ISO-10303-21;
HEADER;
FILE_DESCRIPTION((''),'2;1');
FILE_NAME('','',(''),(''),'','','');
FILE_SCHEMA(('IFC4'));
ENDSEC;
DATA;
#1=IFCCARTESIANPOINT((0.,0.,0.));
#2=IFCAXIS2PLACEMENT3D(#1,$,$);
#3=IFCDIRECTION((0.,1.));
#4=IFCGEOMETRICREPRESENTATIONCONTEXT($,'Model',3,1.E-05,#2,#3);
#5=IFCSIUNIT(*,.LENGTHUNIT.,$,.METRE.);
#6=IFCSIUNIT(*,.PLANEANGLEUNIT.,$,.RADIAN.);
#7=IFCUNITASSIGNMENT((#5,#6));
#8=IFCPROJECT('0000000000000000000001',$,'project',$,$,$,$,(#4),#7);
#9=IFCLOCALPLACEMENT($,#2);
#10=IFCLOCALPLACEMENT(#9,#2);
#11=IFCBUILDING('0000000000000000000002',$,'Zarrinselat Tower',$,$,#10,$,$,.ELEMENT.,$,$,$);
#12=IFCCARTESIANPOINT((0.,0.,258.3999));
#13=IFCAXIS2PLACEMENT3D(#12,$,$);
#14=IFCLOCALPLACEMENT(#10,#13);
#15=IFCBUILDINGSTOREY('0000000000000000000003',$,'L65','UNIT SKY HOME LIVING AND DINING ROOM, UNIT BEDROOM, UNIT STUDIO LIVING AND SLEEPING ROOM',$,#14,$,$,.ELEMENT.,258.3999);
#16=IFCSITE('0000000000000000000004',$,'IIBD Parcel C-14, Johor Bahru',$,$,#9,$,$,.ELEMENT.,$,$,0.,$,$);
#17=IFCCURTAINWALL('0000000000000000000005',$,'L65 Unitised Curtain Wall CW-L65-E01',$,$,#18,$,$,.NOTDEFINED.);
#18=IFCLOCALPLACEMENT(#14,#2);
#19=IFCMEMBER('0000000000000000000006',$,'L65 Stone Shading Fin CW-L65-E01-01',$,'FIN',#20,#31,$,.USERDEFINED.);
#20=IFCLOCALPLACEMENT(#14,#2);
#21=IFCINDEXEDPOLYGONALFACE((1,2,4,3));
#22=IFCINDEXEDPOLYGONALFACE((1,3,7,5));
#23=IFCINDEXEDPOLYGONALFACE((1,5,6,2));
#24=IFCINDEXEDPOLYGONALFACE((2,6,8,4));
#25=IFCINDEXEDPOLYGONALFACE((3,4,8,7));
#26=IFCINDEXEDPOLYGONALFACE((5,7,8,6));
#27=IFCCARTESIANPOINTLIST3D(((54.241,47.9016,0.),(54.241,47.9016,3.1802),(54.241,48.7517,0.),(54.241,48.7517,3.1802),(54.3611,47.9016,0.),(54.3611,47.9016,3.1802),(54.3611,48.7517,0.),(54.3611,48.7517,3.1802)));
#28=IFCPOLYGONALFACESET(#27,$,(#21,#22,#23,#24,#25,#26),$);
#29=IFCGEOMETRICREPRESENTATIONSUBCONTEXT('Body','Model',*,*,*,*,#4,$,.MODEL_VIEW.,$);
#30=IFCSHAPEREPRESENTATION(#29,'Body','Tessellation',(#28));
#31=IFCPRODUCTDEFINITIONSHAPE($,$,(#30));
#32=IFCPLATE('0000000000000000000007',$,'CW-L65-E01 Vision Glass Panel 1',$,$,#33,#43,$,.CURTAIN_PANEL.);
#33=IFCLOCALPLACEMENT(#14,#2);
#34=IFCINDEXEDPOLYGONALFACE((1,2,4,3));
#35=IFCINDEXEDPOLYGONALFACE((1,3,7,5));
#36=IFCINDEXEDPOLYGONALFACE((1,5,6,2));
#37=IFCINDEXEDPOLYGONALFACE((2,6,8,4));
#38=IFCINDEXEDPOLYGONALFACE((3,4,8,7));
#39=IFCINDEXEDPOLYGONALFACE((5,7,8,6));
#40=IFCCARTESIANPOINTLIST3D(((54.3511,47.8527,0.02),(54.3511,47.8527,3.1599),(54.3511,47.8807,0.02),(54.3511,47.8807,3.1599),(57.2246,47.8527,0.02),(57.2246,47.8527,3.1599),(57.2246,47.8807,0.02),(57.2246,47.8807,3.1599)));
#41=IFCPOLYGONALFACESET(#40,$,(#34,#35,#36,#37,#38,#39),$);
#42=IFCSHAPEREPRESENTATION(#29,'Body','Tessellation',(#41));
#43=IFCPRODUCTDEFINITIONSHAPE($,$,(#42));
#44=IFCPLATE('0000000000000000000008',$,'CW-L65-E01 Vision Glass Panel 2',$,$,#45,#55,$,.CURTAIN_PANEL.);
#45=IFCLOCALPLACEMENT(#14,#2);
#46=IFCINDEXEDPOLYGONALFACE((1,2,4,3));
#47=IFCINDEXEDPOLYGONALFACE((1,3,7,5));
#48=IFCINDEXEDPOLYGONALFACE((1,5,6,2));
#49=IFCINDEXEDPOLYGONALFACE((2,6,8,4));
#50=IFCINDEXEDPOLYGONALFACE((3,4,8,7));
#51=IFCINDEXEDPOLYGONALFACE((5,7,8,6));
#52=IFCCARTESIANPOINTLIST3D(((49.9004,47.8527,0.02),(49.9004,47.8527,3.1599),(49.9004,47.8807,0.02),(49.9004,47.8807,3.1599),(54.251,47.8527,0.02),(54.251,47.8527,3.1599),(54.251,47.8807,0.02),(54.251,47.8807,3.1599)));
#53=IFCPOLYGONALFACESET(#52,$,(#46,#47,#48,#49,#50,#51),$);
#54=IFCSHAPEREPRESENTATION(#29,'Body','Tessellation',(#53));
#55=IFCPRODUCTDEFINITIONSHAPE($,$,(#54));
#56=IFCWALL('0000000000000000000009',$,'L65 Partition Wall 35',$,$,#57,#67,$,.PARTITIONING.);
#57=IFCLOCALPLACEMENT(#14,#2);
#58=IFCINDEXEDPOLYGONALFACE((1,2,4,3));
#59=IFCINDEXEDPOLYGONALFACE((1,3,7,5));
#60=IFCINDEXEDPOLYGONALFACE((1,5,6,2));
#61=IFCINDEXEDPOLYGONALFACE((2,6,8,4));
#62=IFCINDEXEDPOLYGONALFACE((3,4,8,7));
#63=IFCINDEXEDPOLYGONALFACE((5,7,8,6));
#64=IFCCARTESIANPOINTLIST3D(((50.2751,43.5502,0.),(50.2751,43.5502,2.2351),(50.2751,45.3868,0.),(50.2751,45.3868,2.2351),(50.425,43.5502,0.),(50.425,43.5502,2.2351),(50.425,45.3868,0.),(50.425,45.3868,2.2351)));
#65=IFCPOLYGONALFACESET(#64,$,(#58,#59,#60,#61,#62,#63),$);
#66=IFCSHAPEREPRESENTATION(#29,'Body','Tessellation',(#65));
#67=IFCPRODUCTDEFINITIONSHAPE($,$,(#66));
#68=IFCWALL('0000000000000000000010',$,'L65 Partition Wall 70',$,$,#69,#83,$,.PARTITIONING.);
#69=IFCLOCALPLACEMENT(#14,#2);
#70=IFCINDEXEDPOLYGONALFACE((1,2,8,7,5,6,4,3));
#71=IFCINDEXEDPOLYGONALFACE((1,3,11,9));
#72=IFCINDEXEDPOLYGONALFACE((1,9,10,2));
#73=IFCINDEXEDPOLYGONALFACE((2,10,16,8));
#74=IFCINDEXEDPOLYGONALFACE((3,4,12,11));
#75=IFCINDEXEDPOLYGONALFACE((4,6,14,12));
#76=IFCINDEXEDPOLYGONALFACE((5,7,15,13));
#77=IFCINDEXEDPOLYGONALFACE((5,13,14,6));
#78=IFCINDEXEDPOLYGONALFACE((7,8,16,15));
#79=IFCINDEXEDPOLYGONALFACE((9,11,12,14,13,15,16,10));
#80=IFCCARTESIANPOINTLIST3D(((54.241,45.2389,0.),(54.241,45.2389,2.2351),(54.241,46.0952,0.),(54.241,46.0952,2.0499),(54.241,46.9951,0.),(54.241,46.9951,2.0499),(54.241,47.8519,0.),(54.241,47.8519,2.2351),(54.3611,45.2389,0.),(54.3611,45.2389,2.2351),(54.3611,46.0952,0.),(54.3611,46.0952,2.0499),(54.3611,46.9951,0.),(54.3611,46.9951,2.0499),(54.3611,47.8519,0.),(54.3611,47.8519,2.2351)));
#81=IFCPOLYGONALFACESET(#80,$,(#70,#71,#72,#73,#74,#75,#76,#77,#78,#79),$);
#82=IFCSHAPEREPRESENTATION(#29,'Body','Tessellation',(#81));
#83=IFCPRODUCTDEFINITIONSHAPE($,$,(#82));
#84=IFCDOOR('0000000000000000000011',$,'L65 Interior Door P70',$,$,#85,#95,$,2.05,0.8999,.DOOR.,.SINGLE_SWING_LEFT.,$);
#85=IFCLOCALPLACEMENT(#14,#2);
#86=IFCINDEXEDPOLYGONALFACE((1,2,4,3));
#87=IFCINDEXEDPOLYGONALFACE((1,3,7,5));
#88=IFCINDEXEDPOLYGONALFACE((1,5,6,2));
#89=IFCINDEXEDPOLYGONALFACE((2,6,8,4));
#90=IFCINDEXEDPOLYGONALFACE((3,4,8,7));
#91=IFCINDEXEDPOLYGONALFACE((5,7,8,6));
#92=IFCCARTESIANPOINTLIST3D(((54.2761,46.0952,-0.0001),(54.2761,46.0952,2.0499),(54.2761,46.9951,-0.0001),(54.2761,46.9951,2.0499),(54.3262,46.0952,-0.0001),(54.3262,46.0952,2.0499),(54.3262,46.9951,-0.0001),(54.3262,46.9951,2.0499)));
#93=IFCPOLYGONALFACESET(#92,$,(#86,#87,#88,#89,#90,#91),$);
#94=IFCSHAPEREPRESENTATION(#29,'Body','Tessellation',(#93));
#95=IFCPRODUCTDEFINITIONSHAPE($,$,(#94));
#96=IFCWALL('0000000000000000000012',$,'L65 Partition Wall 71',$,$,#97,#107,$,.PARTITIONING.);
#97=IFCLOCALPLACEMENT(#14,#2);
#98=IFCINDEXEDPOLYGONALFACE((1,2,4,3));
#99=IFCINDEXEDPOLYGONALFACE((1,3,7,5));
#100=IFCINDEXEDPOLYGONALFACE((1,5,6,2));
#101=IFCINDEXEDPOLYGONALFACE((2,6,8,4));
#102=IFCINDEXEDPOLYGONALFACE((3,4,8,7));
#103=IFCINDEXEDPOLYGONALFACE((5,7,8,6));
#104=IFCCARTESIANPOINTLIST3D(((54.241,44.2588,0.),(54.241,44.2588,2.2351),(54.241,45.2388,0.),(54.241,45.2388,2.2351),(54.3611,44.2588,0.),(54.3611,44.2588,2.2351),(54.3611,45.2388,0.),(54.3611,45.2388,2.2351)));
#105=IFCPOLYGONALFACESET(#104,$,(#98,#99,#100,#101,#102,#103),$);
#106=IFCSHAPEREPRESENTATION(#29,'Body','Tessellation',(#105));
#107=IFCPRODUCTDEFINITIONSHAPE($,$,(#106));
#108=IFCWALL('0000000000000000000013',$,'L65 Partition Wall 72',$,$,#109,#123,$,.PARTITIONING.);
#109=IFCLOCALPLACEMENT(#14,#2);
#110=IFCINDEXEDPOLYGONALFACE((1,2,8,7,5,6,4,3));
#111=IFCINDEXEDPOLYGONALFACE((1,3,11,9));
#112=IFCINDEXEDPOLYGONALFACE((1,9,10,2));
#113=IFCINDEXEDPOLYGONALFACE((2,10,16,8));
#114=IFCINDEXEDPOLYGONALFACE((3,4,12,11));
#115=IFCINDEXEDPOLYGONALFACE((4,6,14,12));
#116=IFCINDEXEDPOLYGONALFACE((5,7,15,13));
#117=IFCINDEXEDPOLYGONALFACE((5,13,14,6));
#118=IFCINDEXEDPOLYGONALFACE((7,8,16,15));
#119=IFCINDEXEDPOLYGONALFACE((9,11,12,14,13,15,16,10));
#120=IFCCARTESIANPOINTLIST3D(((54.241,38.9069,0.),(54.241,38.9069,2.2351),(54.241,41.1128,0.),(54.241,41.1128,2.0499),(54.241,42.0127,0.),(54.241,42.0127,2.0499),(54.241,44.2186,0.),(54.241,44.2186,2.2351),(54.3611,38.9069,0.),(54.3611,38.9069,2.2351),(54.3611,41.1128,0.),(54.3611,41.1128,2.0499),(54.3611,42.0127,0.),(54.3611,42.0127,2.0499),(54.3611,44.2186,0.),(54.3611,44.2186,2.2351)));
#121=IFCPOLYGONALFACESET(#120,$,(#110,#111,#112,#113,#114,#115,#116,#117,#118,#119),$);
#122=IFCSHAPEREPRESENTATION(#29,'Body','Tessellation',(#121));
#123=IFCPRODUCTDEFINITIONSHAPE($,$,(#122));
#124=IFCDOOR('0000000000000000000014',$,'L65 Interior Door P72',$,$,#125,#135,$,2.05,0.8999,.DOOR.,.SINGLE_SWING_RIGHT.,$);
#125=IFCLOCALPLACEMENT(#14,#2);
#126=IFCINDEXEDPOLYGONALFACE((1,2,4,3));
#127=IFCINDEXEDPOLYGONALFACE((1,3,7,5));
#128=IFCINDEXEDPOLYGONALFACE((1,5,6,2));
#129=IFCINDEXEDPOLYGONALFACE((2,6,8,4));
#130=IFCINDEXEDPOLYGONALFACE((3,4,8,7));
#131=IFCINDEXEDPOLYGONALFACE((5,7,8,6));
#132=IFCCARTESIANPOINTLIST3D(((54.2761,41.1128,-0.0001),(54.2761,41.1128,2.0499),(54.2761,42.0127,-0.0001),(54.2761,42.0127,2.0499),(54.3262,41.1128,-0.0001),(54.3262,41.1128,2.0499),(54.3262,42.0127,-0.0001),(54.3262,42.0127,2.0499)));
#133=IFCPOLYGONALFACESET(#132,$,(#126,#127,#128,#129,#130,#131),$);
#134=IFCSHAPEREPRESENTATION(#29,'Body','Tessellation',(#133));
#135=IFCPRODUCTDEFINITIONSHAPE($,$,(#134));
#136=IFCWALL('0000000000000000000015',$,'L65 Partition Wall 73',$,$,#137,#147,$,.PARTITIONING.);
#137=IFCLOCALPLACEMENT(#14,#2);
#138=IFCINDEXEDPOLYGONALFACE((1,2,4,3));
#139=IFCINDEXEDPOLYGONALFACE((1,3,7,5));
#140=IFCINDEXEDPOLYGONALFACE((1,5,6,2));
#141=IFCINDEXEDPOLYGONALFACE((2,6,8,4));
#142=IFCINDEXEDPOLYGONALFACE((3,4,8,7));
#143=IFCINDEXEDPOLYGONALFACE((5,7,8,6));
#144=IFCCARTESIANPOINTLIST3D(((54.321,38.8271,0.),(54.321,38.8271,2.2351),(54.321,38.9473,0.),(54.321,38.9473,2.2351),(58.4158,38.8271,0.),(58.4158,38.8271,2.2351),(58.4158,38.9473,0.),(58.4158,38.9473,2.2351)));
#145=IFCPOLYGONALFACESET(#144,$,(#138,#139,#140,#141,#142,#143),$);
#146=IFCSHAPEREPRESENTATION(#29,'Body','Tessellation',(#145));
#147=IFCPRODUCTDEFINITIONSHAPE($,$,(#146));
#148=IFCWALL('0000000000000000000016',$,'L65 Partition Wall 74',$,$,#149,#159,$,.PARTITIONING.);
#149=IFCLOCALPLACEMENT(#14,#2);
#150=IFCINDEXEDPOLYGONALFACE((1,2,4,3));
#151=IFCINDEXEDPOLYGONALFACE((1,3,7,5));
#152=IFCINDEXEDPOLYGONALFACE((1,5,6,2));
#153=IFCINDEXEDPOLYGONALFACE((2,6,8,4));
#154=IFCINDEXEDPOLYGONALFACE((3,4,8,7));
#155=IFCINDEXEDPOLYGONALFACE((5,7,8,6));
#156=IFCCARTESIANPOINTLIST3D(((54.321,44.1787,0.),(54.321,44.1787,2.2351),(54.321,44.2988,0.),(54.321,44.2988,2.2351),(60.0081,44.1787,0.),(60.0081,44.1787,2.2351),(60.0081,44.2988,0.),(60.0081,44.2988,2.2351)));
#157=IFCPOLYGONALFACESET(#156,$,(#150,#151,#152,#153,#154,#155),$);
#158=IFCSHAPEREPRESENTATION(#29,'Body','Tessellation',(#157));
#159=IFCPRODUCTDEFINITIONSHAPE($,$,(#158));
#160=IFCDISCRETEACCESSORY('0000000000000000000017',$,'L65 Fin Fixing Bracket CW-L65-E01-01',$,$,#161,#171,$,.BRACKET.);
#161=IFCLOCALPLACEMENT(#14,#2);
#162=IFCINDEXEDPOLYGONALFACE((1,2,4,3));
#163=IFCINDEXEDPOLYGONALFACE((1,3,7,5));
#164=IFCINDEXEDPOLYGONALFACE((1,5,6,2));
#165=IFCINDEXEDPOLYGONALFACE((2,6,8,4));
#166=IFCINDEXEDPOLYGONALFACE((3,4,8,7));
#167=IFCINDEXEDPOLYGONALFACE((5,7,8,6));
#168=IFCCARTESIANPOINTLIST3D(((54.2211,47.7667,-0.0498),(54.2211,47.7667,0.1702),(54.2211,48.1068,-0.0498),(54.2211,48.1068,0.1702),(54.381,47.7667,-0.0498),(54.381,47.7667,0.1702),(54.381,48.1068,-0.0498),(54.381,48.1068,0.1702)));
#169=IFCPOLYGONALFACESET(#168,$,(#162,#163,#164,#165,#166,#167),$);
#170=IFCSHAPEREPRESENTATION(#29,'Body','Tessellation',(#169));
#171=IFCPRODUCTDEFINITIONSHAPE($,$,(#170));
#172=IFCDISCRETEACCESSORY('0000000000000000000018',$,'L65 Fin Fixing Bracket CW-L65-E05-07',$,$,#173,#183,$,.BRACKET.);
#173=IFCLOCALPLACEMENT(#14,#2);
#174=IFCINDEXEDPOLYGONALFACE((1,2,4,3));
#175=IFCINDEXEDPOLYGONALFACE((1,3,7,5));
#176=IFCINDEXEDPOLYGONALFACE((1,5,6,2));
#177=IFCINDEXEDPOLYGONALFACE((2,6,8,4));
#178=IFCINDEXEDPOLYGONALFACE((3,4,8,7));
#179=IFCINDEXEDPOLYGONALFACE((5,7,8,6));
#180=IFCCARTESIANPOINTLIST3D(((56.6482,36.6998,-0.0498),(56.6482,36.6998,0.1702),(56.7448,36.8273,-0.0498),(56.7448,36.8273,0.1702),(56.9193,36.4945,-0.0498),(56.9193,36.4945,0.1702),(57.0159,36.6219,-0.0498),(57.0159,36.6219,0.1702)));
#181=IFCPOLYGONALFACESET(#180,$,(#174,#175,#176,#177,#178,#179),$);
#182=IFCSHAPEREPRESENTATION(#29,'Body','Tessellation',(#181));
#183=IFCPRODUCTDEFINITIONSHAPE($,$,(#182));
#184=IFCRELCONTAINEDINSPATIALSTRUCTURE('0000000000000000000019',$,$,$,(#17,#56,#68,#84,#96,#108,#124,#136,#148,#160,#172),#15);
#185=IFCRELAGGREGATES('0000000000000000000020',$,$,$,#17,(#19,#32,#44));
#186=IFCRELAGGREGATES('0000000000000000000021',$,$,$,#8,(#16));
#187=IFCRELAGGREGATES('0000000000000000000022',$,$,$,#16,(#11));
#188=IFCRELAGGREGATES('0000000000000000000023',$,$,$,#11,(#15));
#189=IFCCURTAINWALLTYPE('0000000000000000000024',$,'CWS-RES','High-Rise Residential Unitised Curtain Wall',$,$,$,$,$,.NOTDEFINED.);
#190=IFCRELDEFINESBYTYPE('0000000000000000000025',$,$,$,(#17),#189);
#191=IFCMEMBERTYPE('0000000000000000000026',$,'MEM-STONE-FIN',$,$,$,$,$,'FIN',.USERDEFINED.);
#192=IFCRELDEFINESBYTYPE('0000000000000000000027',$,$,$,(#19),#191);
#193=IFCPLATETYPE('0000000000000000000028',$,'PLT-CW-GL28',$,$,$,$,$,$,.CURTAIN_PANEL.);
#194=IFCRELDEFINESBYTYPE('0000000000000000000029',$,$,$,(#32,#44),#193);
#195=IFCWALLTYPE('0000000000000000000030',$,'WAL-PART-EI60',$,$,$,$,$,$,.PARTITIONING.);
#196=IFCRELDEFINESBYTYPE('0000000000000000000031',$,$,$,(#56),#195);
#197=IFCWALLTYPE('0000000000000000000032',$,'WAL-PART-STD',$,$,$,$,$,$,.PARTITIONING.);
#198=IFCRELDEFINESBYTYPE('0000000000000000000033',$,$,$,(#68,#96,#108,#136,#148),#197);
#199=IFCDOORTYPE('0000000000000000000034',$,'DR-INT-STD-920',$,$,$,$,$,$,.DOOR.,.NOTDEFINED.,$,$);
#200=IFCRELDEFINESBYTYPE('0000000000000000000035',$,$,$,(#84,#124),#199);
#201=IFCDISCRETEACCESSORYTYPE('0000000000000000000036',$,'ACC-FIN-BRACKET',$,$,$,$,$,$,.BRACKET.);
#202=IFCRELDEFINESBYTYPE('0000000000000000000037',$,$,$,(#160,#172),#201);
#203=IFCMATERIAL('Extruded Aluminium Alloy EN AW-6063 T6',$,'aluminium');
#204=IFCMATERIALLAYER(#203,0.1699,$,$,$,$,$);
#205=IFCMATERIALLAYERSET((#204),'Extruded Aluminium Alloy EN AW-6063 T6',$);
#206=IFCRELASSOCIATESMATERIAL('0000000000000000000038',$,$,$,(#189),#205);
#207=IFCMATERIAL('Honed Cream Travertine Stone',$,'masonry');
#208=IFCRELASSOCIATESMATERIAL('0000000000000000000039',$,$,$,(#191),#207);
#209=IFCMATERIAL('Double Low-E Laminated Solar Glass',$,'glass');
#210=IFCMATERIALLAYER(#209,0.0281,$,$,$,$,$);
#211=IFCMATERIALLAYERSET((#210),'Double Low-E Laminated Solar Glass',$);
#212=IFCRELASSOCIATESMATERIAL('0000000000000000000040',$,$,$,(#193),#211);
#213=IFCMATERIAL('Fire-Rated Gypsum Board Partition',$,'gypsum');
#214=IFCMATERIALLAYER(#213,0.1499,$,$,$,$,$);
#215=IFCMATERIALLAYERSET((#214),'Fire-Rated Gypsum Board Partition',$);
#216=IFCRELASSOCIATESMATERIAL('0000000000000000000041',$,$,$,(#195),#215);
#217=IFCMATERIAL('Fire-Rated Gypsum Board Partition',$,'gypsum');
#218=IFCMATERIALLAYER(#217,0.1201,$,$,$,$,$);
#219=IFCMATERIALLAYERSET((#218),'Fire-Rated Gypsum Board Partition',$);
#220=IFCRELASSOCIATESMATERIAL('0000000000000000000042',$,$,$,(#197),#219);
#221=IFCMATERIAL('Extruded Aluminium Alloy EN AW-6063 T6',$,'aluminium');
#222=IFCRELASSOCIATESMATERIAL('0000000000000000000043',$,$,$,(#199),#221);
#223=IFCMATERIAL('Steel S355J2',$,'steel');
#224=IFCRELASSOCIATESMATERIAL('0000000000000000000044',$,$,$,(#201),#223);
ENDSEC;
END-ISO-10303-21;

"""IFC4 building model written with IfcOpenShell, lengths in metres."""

from ifc_helpers import new_model, si_unit, direction, frame, frame_2d, origin, origin_2d, place, context, subcontext, project, spatial, rectangle, extrude, material, layer, layer_set, material_profile, profile_set, type_object, element, fill, aggregate, save


model = new_model("IFC4")

# Units and contexts
model_context = context("Model", 3, precision=1e-05, world=origin(), true_north=direction((0.0, 1.0)))
body_context = subcontext(model_context, "Body", "Model", "MODEL_VIEW")
ifc_project = project(units=[si_unit("LENGTHUNIT", "METRE"), si_unit("PLANEANGLEUNIT", "RADIAN")], contexts=[model_context])

# Site, building, storey
site_placement = place(None, origin())
site = spatial("IfcSite", under=ifc_project, at=site_placement, Name="IIBD Parcel C-14, Johor Bahru", CompositionType="ELEMENT", RefElevation=0.0)
building_placement = place(site_placement, origin())
building = spatial("IfcBuilding", under=site, at=building_placement, Name="Zarrinselat Tower", CompositionType="ELEMENT")
storey_placement = place(building_placement, frame((0.0, 0.0, 258.3999)))
storey = spatial("IfcBuildingStorey", under=building, at=storey_placement, Name="L65", Description="UNIT SKY HOME LIVING AND DINING ROOM, UNIT BEDROOM, UNIT STUDIO LIVING AND SLEEPING ROOM", CompositionType="ELEMENT", Elevation=258.3999)

# Curtain wall
ifc_material_1 = material(Name="Extruded Aluminium Alloy EN AW-6063 T6", Category="aluminium")
ifc_layer_1 = layer(ifc_material_1, 0.1699)
ifc_layer_set_1 = layer_set([ifc_layer_1], Name="Extruded Aluminium Alloy EN AW-6063 T6")
curtain_wall_type = type_object("IfcCurtainWallType", Name="CWS-RES", Description="High-Rise Residential Unitised Curtain Wall", PredefinedType="NOTDEFINED", material=ifc_layer_set_1)
curtain_wall_1_placement = place(storey_placement, origin())
curtain_wall_1 = element("IfcCurtainWall", 1, at=curtain_wall_1_placement, inside=storey, type_object=curtain_wall_type, Name="L65 Unitised Curtain Wall CW-L65-E01", PredefinedType="NOTDEFINED")

# Member
ifc_material_2 = material(Name="Honed Cream Travertine Stone", Category="masonry")
ifc_material_profile_1 = material_profile(ifc_material_2, rectangle(XDim=0.1201, YDim=0.8501, at=origin_2d()), Name="FIN 850x120")
ifc_profile_set_1 = profile_set([ifc_material_profile_1], Name="Honed Cream Travertine Stone")
member_type_1 = type_object("IfcMemberType", Name="MEM-STONE-FIN", ElementType="FIN", PredefinedType="USERDEFINED", material=ifc_profile_set_1)
member_1_placement = place(storey_placement, frame((54.301, 48.3267, 0.0), z_axis=(0.0, 0.0, 1.0), x_axis=(1.0, 0.0, 0.0)))
member_1 = element("IfcMember", 2, at=member_1_placement, type_object=member_type_1, Name="L65 Stone Shading Fin CW-L65-E01-01", ObjectType="FIN", PredefinedType="USERDEFINED", context=body_context, shape_type="SweptSolid", body=[
    extrude(rectangle(XDim=0.1201, YDim=0.8501, at=origin_2d()), origin(), (0.0, 0.0, 1.0), 3.1802),
])

# Plates
ifc_material_3 = material(Name="Double Low-E Laminated Solar Glass", Category="glass")
ifc_layer_2 = layer(ifc_material_3, 0.0281)
ifc_layer_set_2 = layer_set([ifc_layer_2], Name="Double Low-E Laminated Solar Glass")
plate_type = type_object("IfcPlateType", Name="PLT-CW-GL28", PredefinedType="CURTAIN_PANEL", material=ifc_layer_set_2)
plate_1_placement = place(storey_placement, frame((55.7878, 47.8667, 0.02), z_axis=(0.0, 0.0, 1.0), x_axis=(-1.0, 0.0, 0.0)))
plate_1 = element("IfcPlate", 3, at=plate_1_placement, type_object=plate_type, Name="CW-L65-E01 Vision Glass Panel 1", PredefinedType="CURTAIN_PANEL", context=body_context, shape_type="SweptSolid", body=[
    extrude(rectangle(XDim=2.8735, YDim=0.0281, at=origin_2d()), origin(), (0.0, 0.0, 1.0), 3.1399),
])
plate_2_placement = place(storey_placement, frame((52.0757, 47.8667, 0.02), z_axis=(0.0, 0.0, 1.0), x_axis=(-1.0, 0.0, 0.0)))
plate_2 = element("IfcPlate", 4, at=plate_2_placement, type_object=plate_type, Name="CW-L65-E01 Vision Glass Panel 2", PredefinedType="CURTAIN_PANEL", context=body_context, shape_type="SweptSolid", body=[
    extrude(rectangle(XDim=4.3506, YDim=0.0281, at=origin_2d()), origin(), (0.0, 0.0, 1.0), 3.1399),
])
aggregate(curtain_wall_1, [member_1, plate_1, plate_2])

# Wall
ifc_material_4 = material(Name="Fire-Rated Gypsum Board Partition", Category="gypsum")
ifc_layer_3 = layer(ifc_material_4, 0.1499)
ifc_layer_set_3 = layer_set([ifc_layer_3], Name="Fire-Rated Gypsum Board Partition")
wall_type_1 = type_object("IfcWallType", Name="WAL-PART-EI60", PredefinedType="PARTITIONING", material=ifc_layer_set_3)
wall_1_placement = place(storey_placement, frame((50.3501, 43.55, 0.0), z_axis=(0.0, 0.0, 1.0), x_axis=(0.0, 1.0, 0.0)))
element("IfcWall", 5, at=wall_1_placement, inside=storey, type_object=wall_type_1, Name="L65 Partition Wall 35", PredefinedType="PARTITIONING", context=body_context, shape_type="SweptSolid", body=[
    extrude(rectangle(XDim=1.8367, YDim=0.1499, at=frame_2d((0.9185, 0.0))), origin(), (0.0, 0.0, 1.0), 2.2351),
])

# Wall, opening, door
ifc_material_5 = material(Name="Fire-Rated Gypsum Board Partition", Category="gypsum")
ifc_layer_4 = layer(ifc_material_5, 0.1201)
ifc_layer_set_4 = layer_set([ifc_layer_4], Name="Fire-Rated Gypsum Board Partition")
wall_type_2 = type_object("IfcWallType", Name="WAL-PART-STD", PredefinedType="PARTITIONING", material=ifc_layer_set_4)
wall_2_placement = place(storey_placement, frame((54.301, 45.2388, 0.0), z_axis=(0.0, 0.0, 1.0), x_axis=(0.0, 1.0, 0.0)))
wall_2 = element("IfcWall", 6, at=wall_2_placement, inside=storey, type_object=wall_type_2, Name="L65 Partition Wall 70", PredefinedType="PARTITIONING", context=body_context, shape_type="SweptSolid", body=[
    extrude(rectangle(XDim=2.613, YDim=0.1201, at=frame_2d((1.3066, 0.0))), origin(), (0.0, 0.0, 1.0), 2.2351),
])
opening_1_placement = place(wall_2_placement, frame((0.8564, 0.0, 0.0)))
opening_1 = element("IfcOpeningElement", 7, at=opening_1_placement, cuts=wall_2, PredefinedType="OPENING", context=body_context, shape_type="SweptSolid", body=[
    extrude(rectangle(XDim=0.8999, YDim=2.05, at=frame_2d((0.45, 1.0249))), frame((0.0, 0.0701, 0.0), z_axis=(0.0, -1.0, 0.0), x_axis=(1.0, 0.0, 0.0)), (0.0, 0.0, 1.0), 0.1401),
])
ifc_material_6 = material(Name="Extruded Aluminium Alloy EN AW-6063 T6", Category="aluminium")
door_type = type_object("IfcDoorType", Name="DR-INT-STD-920", OperationType="NOTDEFINED", PredefinedType="DOOR", material=ifc_material_6)
door_1_placement = place(opening_1_placement, origin())
door_1 = element("IfcDoor", 8, at=door_1_placement, inside=storey, type_object=door_type, Name="L65 Interior Door P70", OperationType="SINGLE_SWING_LEFT", OverallHeight=2.05, OverallWidth=0.8999, PredefinedType="DOOR", context=body_context, shape_type="SweptSolid", body=[
    extrude(rectangle(XDim=0.8999, YDim=2.05, at=frame_2d((0.45, 1.0249))), frame((0.0, 0.0249, 0.0), z_axis=(0.0, -1.0, 0.0), x_axis=(1.0, 0.0, 0.0)), (0.0, 0.0, 1.0), 0.05),
])
fill(opening_1, door_1)

# Wall
wall_3_placement = place(storey_placement, frame((54.301, 44.2588, 0.0), z_axis=(0.0, 0.0, 1.0), x_axis=(0.0, 1.0, 0.0)))
element("IfcWall", 9, at=wall_3_placement, inside=storey, type_object=wall_type_2, Name="L65 Partition Wall 71", PredefinedType="PARTITIONING", context=body_context, shape_type="SweptSolid", body=[
    extrude(rectangle(XDim=0.98, YDim=0.1201, at=frame_2d((0.49, 0.0))), origin(), (0.0, 0.0, 1.0), 2.2351),
])

# Wall, opening, door
wall_4_placement = place(storey_placement, frame((54.301, 38.907, 0.0), z_axis=(0.0, 0.0, 1.0), x_axis=(0.0, 1.0, 0.0)))
wall_4 = element("IfcWall", 10, at=wall_4_placement, inside=storey, type_object=wall_type_2, Name="L65 Partition Wall 72", PredefinedType="PARTITIONING", context=body_context, shape_type="SweptSolid", body=[
    extrude(rectangle(XDim=5.3118, YDim=0.1201, at=frame_2d((2.6558, 0.0))), origin(), (0.0, 0.0, 1.0), 2.2351),
])
opening_2_placement = place(wall_4_placement, frame((2.2058, 0.0, 0.0)))
opening_2 = element("IfcOpeningElement", 11, at=opening_2_placement, cuts=wall_4, PredefinedType="OPENING", context=body_context, shape_type="SweptSolid", body=[
    extrude(rectangle(XDim=0.8999, YDim=2.05, at=frame_2d((0.45, 1.0249))), frame((0.0, 0.0701, 0.0), z_axis=(0.0, -1.0, 0.0), x_axis=(1.0, 0.0, 0.0)), (0.0, 0.0, 1.0), 0.1401),
])
door_2_placement = place(opening_2_placement, origin())
door_2 = element("IfcDoor", 12, at=door_2_placement, inside=storey, type_object=door_type, Name="L65 Interior Door P72", OperationType="SINGLE_SWING_RIGHT", OverallHeight=2.05, OverallWidth=0.8999, PredefinedType="DOOR", context=body_context, shape_type="SweptSolid", body=[
    extrude(rectangle(XDim=0.8999, YDim=2.05, at=frame_2d((0.45, 1.0249))), frame((0.0, 0.0249, 0.0), z_axis=(0.0, -1.0, 0.0), x_axis=(1.0, 0.0, 0.0)), (0.0, 0.0, 1.0), 0.05),
])
fill(opening_2, door_2)

# Walls
wall_5_placement = place(storey_placement, frame((54.321, 38.8872, 0.0), z_axis=(0.0, 0.0, 1.0), x_axis=(1.0, 0.0, 0.0)))
element("IfcWall", 13, at=wall_5_placement, inside=storey, type_object=wall_type_2, Name="L65 Partition Wall 73", PredefinedType="PARTITIONING", context=body_context, shape_type="SweptSolid", body=[
    extrude(rectangle(XDim=4.0947, YDim=0.1201, at=frame_2d((2.0474, 0.0))), origin(), (0.0, 0.0, 1.0), 2.2351),
])
wall_6_placement = place(storey_placement, frame((54.321, 44.2388, 0.0), z_axis=(0.0, 0.0, 1.0), x_axis=(1.0, 0.0, 0.0)))
element("IfcWall", 14, at=wall_6_placement, inside=storey, type_object=wall_type_2, Name="L65 Partition Wall 74", PredefinedType="PARTITIONING", context=body_context, shape_type="SweptSolid", body=[
    extrude(rectangle(XDim=5.687, YDim=0.1201, at=frame_2d((2.8435, 0.0))), origin(), (0.0, 0.0, 1.0), 2.2351),
])

# Discrete accessories
ifc_material_7 = material(Name="Steel S355J2", Category="steel")
discrete_accessory_type = type_object("IfcDiscreteAccessoryType", Name="ACC-FIN-BRACKET", PredefinedType="BRACKET", material=ifc_material_7)
for number, where, z_axis, x_axis, name in (
    (15, (54.301, 47.9368, -0.0498), (0.0, 0.0, 1.0), (0.0, 1.0, 0.0), "L65 Fin Fixing Bracket CW-L65-E01-01"),
    (16, (56.832, 36.6609, -0.0498), (0.0, 0.0, 1.0), (0.797091, -0.60386, 0.0), "L65 Fin Fixing Bracket CW-L65-E05-07"),
):
    element("IfcDiscreteAccessory", number, at=place(storey_placement, frame(where, z_axis=z_axis, x_axis=x_axis)), inside=storey, type_object=discrete_accessory_type, Name=name, PredefinedType="BRACKET", context=body_context, shape_type="SweptSolid", body=[
        extrude(rectangle(XDim=0.3401, YDim=0.1599, at=origin_2d()), origin(), (0.0, 0.0, 1.0), 0.22),
    ])

save(model, "model.ifc")
